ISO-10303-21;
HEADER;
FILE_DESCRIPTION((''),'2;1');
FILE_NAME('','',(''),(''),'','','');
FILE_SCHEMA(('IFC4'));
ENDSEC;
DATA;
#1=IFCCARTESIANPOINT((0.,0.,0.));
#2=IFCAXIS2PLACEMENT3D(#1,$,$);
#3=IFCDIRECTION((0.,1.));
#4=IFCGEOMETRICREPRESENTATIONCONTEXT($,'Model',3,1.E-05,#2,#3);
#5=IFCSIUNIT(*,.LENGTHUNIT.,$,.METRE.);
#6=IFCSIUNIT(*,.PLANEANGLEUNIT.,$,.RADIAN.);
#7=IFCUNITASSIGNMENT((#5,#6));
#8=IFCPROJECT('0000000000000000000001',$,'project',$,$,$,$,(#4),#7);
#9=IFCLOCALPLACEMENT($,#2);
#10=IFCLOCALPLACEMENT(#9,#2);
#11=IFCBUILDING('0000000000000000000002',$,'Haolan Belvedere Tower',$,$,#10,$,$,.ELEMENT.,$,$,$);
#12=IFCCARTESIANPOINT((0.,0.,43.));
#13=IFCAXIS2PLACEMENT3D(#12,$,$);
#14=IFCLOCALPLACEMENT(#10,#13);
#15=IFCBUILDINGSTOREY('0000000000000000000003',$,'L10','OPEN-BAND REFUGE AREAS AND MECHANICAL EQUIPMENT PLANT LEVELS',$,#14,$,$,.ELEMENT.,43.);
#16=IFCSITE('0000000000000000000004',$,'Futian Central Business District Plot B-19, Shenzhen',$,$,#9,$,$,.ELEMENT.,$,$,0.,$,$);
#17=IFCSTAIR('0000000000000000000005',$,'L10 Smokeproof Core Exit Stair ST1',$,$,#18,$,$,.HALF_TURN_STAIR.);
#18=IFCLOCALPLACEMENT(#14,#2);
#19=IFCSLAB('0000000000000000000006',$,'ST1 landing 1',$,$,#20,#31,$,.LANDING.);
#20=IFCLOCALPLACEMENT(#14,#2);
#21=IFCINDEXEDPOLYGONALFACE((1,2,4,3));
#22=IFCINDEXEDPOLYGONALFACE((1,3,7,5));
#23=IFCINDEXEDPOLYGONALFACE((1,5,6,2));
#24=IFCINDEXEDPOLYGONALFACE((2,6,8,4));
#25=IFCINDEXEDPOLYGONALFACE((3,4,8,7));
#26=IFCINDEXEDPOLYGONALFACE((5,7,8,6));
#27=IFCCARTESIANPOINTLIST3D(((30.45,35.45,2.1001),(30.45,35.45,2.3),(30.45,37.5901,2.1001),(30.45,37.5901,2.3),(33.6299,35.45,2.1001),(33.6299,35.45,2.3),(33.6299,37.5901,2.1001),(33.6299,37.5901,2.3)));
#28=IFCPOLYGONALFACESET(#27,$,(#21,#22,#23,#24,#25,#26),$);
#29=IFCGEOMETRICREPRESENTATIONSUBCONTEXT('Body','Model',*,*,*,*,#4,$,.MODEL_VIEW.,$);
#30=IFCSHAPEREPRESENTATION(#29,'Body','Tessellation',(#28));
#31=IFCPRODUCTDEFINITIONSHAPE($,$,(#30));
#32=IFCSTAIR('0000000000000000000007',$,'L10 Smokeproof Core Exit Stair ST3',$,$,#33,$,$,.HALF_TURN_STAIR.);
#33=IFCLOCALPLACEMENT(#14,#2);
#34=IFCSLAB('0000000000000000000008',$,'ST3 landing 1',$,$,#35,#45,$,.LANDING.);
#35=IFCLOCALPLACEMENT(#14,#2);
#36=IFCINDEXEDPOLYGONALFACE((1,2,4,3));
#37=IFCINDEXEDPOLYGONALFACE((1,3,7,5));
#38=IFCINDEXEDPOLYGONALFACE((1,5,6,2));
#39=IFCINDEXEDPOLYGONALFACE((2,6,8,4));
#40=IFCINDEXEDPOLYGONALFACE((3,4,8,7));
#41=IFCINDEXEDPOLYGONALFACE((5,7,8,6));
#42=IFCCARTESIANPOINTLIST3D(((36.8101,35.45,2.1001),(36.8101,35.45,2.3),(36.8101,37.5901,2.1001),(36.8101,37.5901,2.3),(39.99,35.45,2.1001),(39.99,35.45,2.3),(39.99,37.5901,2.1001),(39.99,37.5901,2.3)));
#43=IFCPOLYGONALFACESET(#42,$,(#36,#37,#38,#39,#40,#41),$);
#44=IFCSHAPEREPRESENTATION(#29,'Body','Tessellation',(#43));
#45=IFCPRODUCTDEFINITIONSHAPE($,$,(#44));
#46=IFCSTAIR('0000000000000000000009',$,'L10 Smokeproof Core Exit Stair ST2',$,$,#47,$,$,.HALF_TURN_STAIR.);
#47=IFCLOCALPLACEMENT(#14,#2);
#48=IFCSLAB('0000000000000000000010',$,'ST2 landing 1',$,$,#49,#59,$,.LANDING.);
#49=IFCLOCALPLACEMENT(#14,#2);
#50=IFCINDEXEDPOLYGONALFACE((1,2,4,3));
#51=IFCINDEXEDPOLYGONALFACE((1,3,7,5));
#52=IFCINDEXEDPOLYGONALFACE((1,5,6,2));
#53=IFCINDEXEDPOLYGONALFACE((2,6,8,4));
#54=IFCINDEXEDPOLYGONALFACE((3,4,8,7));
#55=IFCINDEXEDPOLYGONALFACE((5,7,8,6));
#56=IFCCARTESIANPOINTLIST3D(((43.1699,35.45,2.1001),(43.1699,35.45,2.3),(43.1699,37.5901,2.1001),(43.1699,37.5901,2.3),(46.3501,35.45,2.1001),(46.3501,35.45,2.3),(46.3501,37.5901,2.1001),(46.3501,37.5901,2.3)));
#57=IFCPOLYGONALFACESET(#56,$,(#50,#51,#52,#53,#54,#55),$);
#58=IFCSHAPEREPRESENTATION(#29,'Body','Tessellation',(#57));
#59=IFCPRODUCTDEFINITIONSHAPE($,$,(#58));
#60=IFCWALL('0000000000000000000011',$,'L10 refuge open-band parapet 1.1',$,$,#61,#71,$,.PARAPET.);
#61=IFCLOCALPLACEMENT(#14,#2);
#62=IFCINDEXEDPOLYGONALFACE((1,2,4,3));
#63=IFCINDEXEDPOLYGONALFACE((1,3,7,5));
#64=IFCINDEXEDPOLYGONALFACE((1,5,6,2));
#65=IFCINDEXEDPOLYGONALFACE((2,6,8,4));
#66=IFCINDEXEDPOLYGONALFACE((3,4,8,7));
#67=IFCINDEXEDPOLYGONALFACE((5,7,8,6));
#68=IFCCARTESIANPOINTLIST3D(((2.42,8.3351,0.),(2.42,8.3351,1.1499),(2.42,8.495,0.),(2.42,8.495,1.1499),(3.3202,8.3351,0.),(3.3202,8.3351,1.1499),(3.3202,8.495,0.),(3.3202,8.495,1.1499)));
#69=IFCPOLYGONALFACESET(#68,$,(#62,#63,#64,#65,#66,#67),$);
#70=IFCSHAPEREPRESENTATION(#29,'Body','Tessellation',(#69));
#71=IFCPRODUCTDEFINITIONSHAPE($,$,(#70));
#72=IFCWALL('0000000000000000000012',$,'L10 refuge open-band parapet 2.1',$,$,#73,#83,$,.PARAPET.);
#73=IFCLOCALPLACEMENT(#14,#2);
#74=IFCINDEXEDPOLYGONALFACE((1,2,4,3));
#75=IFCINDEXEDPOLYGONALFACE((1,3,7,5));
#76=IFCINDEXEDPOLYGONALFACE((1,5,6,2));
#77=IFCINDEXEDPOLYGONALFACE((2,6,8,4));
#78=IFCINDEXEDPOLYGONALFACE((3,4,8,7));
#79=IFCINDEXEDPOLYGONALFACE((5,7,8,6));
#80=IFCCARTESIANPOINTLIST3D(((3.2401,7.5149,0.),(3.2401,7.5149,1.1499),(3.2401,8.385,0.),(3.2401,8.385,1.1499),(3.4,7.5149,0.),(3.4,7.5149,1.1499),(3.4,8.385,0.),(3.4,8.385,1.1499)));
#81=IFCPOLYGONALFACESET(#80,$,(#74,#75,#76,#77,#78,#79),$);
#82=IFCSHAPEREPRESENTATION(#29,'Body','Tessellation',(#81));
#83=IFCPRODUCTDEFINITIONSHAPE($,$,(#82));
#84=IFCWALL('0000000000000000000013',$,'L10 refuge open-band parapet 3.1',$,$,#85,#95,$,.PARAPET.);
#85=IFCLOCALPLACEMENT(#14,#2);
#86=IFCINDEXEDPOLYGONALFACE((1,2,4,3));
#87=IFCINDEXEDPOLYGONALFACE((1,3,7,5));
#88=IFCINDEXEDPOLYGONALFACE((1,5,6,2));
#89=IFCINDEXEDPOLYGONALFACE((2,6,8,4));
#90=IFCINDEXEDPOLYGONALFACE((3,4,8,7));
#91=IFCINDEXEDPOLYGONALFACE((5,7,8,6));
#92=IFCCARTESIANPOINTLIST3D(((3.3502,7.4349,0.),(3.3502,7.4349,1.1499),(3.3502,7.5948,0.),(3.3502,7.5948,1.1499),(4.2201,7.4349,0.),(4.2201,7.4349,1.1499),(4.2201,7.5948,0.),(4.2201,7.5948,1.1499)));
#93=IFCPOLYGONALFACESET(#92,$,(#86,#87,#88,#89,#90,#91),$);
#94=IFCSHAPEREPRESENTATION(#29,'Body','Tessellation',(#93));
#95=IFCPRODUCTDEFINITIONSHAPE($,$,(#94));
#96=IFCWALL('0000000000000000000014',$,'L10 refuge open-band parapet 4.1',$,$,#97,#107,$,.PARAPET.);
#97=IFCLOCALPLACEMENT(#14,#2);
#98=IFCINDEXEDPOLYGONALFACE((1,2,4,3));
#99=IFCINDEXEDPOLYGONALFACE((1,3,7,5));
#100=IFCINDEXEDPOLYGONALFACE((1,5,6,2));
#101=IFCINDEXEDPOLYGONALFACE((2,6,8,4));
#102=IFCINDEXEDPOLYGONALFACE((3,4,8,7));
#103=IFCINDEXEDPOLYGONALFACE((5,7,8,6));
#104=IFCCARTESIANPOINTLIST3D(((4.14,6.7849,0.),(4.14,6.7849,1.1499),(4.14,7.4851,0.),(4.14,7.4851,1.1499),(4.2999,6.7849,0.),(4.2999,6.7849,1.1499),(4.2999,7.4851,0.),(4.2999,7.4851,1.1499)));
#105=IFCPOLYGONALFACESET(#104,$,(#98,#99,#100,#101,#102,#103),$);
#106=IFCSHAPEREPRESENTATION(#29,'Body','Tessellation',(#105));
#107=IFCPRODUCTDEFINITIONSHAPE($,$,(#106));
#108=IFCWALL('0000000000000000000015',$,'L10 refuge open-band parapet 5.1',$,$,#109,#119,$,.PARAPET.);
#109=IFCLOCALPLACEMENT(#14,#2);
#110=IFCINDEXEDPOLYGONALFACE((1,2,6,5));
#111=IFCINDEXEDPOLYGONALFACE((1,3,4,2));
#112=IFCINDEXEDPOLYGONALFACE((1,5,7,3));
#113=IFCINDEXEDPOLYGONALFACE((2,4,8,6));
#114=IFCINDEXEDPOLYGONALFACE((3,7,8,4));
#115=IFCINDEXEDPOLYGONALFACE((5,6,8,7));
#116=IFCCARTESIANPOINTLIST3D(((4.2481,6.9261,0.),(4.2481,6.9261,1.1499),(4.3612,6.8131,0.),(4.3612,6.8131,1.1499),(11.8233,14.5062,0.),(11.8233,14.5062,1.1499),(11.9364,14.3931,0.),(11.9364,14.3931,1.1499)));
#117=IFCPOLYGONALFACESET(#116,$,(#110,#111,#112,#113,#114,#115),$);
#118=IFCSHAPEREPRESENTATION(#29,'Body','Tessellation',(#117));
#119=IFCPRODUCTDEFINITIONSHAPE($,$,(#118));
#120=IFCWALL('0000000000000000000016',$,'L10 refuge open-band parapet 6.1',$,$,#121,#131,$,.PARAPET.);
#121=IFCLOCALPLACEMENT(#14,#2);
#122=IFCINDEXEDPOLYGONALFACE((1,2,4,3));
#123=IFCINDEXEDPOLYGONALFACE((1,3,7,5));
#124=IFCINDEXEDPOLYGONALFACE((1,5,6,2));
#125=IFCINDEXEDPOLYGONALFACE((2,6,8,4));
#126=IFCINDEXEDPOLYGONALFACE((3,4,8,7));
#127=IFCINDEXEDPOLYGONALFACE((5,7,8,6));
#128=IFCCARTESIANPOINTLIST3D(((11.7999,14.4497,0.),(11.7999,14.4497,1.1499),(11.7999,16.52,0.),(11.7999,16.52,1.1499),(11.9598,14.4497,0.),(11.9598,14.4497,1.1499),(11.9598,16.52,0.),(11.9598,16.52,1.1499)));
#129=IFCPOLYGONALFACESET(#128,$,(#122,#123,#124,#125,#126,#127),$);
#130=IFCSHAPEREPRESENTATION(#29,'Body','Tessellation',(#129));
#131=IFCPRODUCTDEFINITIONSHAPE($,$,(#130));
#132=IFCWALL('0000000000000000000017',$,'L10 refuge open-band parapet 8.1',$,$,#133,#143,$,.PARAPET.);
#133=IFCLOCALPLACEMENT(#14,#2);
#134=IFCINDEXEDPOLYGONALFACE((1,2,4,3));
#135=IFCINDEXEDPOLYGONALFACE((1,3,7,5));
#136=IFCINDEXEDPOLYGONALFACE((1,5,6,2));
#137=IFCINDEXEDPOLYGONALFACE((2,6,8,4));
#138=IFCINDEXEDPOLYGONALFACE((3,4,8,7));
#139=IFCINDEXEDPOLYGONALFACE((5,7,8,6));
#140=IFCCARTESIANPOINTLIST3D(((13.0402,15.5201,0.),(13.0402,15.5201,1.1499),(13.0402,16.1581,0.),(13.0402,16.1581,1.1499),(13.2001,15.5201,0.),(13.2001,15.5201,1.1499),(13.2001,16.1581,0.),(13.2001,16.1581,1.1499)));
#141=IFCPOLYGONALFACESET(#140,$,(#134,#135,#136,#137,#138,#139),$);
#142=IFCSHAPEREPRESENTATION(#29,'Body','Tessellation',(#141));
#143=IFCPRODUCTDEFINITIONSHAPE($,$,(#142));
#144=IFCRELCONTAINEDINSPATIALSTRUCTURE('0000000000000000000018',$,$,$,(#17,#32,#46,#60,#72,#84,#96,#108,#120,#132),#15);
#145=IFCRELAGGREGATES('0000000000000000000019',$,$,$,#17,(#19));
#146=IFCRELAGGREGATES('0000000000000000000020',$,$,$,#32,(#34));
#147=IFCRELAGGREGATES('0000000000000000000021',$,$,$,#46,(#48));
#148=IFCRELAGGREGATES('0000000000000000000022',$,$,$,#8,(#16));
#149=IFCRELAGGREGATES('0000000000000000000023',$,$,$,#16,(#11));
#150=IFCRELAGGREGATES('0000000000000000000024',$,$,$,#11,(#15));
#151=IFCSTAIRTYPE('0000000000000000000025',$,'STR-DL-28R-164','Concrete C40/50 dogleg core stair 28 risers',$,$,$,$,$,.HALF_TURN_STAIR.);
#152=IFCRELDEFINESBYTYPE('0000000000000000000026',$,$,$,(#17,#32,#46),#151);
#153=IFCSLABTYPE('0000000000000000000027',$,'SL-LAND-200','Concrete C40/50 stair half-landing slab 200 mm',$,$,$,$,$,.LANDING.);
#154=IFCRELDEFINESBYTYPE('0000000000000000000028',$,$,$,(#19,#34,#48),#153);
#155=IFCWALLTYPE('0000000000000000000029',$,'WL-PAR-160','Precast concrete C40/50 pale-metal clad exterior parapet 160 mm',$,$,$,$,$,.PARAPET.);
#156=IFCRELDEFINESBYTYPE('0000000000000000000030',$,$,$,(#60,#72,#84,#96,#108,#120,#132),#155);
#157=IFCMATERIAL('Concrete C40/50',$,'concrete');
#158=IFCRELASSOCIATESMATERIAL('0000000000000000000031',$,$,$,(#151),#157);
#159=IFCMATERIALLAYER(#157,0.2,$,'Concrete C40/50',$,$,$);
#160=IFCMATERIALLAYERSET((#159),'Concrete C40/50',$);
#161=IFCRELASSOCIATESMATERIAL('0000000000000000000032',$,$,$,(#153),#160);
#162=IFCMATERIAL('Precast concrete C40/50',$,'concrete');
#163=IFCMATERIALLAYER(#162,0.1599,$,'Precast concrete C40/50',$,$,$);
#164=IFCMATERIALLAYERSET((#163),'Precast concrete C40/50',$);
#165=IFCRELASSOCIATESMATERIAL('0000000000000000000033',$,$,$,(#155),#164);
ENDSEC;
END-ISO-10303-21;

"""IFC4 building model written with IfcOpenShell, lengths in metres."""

from ifc_helpers import new_model, si_unit, direction, frame, frame_2d, origin, place, context, subcontext, project, spatial, polyline, rectangle, outline, extrude, material, layer, layer_set, type_object, element, aggregate, save


model = new_model("IFC4")

# Units and contexts
model_context = context("Model", 3, precision=1e-05, world=origin(), true_north=direction((0.0, 1.0)))
body_context = subcontext(model_context, "Body", "Model", "MODEL_VIEW")
ifc_project = project(units=[si_unit("LENGTHUNIT", "METRE"), si_unit("PLANEANGLEUNIT", "RADIAN")], contexts=[model_context])

# Site, building, storey
site_placement = place(None, origin())
site = spatial("IfcSite", under=ifc_project, at=site_placement, Name="Futian Central Business District Plot B-19, Shenzhen", CompositionType="ELEMENT", RefElevation=0.0)
building_placement = place(site_placement, origin())
building = spatial("IfcBuilding", under=site, at=building_placement, Name="Haolan Belvedere Tower", CompositionType="ELEMENT")
storey_placement = place(building_placement, frame((0.0, 0.0, 43.0)))
storey = spatial("IfcBuildingStorey", under=building, at=storey_placement, Name="L10", Description="OPEN-BAND REFUGE AREAS AND MECHANICAL EQUIPMENT PLANT LEVELS", CompositionType="ELEMENT", Elevation=43.0)

# Stairs, slabs
ifc_material_1 = material(Name="Concrete C40/50", Category="concrete")
stair_type = type_object("IfcStairType", Name="STR-DL-28R-164", Description="Concrete C40/50 dogleg core stair 28 risers", PredefinedType="HALF_TURN_STAIR", material=ifc_material_1)
stair_1_placement = place(storey_placement, origin())
stair_1 = element("IfcStair", 1, at=stair_1_placement, inside=storey, type_object=stair_type, Name="L10 Smokeproof Core Exit Stair ST1", PredefinedType="HALF_TURN_STAIR")
ifc_layer_1 = layer(ifc_material_1, 0.2, Name="Concrete C40/50")
ifc_layer_set_1 = layer_set([ifc_layer_1], Name="Concrete C40/50")
slab_type_1 = type_object("IfcSlabType", Name="SL-LAND-200", Description="Concrete C40/50 stair half-landing slab 200 mm", PredefinedType="LANDING", material=ifc_layer_set_1)
slab_1_placement = place(storey_placement, frame((0.0, 0.0, 2.1001)))
slab_1 = element("IfcSlab", 2, at=slab_1_placement, type_object=slab_type_1, Name="ST1 landing 1", PredefinedType="LANDING", context=body_context, shape_type="SweptSolid", body=[
    extrude(outline(polyline([(30.45, 37.5901), (30.45, 35.45), (33.6299, 35.45), (33.6299, 37.5901), (30.45, 37.5901)])), origin(), (0.0, 0.0, 1.0), 0.2),
])
aggregate(stair_1, [slab_1])
stair_2_placement = place(storey_placement, origin())
stair_2 = element("IfcStair", 3, at=stair_2_placement, inside=storey, type_object=stair_type, Name="L10 Smokeproof Core Exit Stair ST3", PredefinedType="HALF_TURN_STAIR")
slab_2_placement = place(storey_placement, frame((0.0, 0.0, 2.1001)))
slab_2 = element("IfcSlab", 4, at=slab_2_placement, type_object=slab_type_1, Name="ST3 landing 1", PredefinedType="LANDING", context=body_context, shape_type="SweptSolid", body=[
    extrude(outline(polyline([(36.8101, 37.5901), (36.8101, 35.45), (39.99, 35.45), (39.99, 37.5901), (36.8101, 37.5901)])), origin(), (0.0, 0.0, 1.0), 0.2),
])
aggregate(stair_2, [slab_2])
stair_3_placement = place(storey_placement, origin())
stair_3 = element("IfcStair", 5, at=stair_3_placement, inside=storey, type_object=stair_type, Name="L10 Smokeproof Core Exit Stair ST2", PredefinedType="HALF_TURN_STAIR")
slab_3_placement = place(storey_placement, frame((0.0, 0.0, 2.1001)))
slab_3 = element("IfcSlab", 6, at=slab_3_placement, type_object=slab_type_1, Name="ST2 landing 1", PredefinedType="LANDING", context=body_context, shape_type="SweptSolid", body=[
    extrude(outline(polyline([(43.1699, 37.5901), (43.1699, 35.45), (46.3501, 35.45), (46.3501, 37.5901), (43.1699, 37.5901)])), origin(), (0.0, 0.0, 1.0), 0.2),
])
aggregate(stair_3, [slab_3])

# Walls
ifc_material_2 = material(Name="Precast concrete C40/50", Category="concrete")
ifc_layer_2 = layer(ifc_material_2, 0.1599, Name="Precast concrete C40/50")
ifc_layer_set_2 = layer_set([ifc_layer_2], Name="Precast concrete C40/50")
wall_type = type_object("IfcWallType", Name="WL-PAR-160", Description="Precast concrete C40/50 pale-metal clad exterior parapet 160 mm", PredefinedType="PARAPET", material=ifc_layer_set_2)
wall_1_placement = place(storey_placement, frame((2.4199, 8.415, 0.0), z_axis=(0.0, 0.0, 1.0), x_axis=(1.0, 0.0, 0.0)))
element("IfcWall", 7, at=wall_1_placement, inside=storey, type_object=wall_type, Name="L10 refuge open-band parapet 1.1", PredefinedType="PARAPET", context=body_context, shape_type="SweptSolid", body=[
    extrude(rectangle(XDim=0.9001, YDim=0.1599, at=frame_2d((0.4502, 0.0))), origin(), (0.0, 0.0, 1.0), 1.1499),
])
wall_2_placement = place(storey_placement, frame((3.3201, 8.385, 0.0), z_axis=(0.0, 0.0, 1.0), x_axis=(0.0, -1.0, 0.0)))
element("IfcWall", 8, at=wall_2_placement, inside=storey, type_object=wall_type, Name="L10 refuge open-band parapet 2.1", PredefinedType="PARAPET", context=body_context, shape_type="SweptSolid", body=[
    extrude(rectangle(XDim=0.8701, YDim=0.1599, at=frame_2d((0.4351, 0.0))), origin(), (0.0, 0.0, 1.0), 1.1499),
])
wall_3_placement = place(storey_placement, frame((3.3501, 7.5149, 0.0), z_axis=(0.0, 0.0, 1.0), x_axis=(1.0, 0.0, 0.0)))
element("IfcWall", 9, at=wall_3_placement, inside=storey, type_object=wall_type, Name="L10 refuge open-band parapet 3.1", PredefinedType="PARAPET", context=body_context, shape_type="SweptSolid", body=[
    extrude(rectangle(XDim=0.8699, YDim=0.1599, at=frame_2d((0.4351, 0.0))), origin(), (0.0, 0.0, 1.0), 1.1499),
])
wall_4_placement = place(storey_placement, frame((4.22, 7.4851, 0.0), z_axis=(0.0, 0.0, 1.0), x_axis=(0.0, -1.0, 0.0)))
element("IfcWall", 10, at=wall_4_placement, inside=storey, type_object=wall_type, Name="L10 refuge open-band parapet 4.1", PredefinedType="PARAPET", context=body_context, shape_type="SweptSolid", body=[
    extrude(rectangle(XDim=0.7002, YDim=0.1599, at=frame_2d((0.3501, 0.0))), origin(), (0.0, 0.0, 1.0), 1.1499),
])
wall_5_placement = place(storey_placement, frame((4.3047, 6.8696, 0.0), z_axis=(0.0, 0.0, 1.0), x_axis=(0.706879, 0.707335, 0.0)))
element("IfcWall", 11, at=wall_5_placement, inside=storey, type_object=wall_type, Name="L10 refuge open-band parapet 5.1", PredefinedType="PARAPET", context=body_context, shape_type="SweptSolid", body=[
    extrude(rectangle(XDim=10.7163, YDim=0.1599, at=frame_2d((5.3582, 0.0))), origin(), (0.0, 0.0, 1.0), 1.1499),
])
wall_6_placement = place(storey_placement, frame((11.8799, 14.4497, 0.0), z_axis=(0.0, 0.0, 1.0), x_axis=(0.0, 1.0, 0.0)))
element("IfcWall", 12, at=wall_6_placement, inside=storey, type_object=wall_type, Name="L10 refuge open-band parapet 6.1", PredefinedType="PARAPET", context=body_context, shape_type="SweptSolid", body=[
    extrude(rectangle(XDim=2.0703, YDim=0.1599, at=frame_2d((1.0352, 0.0))), origin(), (0.0, 0.0, 1.0), 1.1499),
])
wall_7_placement = place(storey_placement, frame((13.1201, 16.158, 0.0), z_axis=(0.0, 0.0, 1.0), x_axis=(0.0, -1.0, 0.0)))
element("IfcWall", 13, at=wall_7_placement, inside=storey, type_object=wall_type, Name="L10 refuge open-band parapet 8.1", PredefinedType="PARAPET", context=body_context, shape_type="SweptSolid", body=[
    extrude(rectangle(XDim=0.6379, YDim=0.1599, at=frame_2d((0.3188, 0.0))), origin(), (0.0, 0.0, 1.0), 1.1499),
])

save(model, "model.ifc")
